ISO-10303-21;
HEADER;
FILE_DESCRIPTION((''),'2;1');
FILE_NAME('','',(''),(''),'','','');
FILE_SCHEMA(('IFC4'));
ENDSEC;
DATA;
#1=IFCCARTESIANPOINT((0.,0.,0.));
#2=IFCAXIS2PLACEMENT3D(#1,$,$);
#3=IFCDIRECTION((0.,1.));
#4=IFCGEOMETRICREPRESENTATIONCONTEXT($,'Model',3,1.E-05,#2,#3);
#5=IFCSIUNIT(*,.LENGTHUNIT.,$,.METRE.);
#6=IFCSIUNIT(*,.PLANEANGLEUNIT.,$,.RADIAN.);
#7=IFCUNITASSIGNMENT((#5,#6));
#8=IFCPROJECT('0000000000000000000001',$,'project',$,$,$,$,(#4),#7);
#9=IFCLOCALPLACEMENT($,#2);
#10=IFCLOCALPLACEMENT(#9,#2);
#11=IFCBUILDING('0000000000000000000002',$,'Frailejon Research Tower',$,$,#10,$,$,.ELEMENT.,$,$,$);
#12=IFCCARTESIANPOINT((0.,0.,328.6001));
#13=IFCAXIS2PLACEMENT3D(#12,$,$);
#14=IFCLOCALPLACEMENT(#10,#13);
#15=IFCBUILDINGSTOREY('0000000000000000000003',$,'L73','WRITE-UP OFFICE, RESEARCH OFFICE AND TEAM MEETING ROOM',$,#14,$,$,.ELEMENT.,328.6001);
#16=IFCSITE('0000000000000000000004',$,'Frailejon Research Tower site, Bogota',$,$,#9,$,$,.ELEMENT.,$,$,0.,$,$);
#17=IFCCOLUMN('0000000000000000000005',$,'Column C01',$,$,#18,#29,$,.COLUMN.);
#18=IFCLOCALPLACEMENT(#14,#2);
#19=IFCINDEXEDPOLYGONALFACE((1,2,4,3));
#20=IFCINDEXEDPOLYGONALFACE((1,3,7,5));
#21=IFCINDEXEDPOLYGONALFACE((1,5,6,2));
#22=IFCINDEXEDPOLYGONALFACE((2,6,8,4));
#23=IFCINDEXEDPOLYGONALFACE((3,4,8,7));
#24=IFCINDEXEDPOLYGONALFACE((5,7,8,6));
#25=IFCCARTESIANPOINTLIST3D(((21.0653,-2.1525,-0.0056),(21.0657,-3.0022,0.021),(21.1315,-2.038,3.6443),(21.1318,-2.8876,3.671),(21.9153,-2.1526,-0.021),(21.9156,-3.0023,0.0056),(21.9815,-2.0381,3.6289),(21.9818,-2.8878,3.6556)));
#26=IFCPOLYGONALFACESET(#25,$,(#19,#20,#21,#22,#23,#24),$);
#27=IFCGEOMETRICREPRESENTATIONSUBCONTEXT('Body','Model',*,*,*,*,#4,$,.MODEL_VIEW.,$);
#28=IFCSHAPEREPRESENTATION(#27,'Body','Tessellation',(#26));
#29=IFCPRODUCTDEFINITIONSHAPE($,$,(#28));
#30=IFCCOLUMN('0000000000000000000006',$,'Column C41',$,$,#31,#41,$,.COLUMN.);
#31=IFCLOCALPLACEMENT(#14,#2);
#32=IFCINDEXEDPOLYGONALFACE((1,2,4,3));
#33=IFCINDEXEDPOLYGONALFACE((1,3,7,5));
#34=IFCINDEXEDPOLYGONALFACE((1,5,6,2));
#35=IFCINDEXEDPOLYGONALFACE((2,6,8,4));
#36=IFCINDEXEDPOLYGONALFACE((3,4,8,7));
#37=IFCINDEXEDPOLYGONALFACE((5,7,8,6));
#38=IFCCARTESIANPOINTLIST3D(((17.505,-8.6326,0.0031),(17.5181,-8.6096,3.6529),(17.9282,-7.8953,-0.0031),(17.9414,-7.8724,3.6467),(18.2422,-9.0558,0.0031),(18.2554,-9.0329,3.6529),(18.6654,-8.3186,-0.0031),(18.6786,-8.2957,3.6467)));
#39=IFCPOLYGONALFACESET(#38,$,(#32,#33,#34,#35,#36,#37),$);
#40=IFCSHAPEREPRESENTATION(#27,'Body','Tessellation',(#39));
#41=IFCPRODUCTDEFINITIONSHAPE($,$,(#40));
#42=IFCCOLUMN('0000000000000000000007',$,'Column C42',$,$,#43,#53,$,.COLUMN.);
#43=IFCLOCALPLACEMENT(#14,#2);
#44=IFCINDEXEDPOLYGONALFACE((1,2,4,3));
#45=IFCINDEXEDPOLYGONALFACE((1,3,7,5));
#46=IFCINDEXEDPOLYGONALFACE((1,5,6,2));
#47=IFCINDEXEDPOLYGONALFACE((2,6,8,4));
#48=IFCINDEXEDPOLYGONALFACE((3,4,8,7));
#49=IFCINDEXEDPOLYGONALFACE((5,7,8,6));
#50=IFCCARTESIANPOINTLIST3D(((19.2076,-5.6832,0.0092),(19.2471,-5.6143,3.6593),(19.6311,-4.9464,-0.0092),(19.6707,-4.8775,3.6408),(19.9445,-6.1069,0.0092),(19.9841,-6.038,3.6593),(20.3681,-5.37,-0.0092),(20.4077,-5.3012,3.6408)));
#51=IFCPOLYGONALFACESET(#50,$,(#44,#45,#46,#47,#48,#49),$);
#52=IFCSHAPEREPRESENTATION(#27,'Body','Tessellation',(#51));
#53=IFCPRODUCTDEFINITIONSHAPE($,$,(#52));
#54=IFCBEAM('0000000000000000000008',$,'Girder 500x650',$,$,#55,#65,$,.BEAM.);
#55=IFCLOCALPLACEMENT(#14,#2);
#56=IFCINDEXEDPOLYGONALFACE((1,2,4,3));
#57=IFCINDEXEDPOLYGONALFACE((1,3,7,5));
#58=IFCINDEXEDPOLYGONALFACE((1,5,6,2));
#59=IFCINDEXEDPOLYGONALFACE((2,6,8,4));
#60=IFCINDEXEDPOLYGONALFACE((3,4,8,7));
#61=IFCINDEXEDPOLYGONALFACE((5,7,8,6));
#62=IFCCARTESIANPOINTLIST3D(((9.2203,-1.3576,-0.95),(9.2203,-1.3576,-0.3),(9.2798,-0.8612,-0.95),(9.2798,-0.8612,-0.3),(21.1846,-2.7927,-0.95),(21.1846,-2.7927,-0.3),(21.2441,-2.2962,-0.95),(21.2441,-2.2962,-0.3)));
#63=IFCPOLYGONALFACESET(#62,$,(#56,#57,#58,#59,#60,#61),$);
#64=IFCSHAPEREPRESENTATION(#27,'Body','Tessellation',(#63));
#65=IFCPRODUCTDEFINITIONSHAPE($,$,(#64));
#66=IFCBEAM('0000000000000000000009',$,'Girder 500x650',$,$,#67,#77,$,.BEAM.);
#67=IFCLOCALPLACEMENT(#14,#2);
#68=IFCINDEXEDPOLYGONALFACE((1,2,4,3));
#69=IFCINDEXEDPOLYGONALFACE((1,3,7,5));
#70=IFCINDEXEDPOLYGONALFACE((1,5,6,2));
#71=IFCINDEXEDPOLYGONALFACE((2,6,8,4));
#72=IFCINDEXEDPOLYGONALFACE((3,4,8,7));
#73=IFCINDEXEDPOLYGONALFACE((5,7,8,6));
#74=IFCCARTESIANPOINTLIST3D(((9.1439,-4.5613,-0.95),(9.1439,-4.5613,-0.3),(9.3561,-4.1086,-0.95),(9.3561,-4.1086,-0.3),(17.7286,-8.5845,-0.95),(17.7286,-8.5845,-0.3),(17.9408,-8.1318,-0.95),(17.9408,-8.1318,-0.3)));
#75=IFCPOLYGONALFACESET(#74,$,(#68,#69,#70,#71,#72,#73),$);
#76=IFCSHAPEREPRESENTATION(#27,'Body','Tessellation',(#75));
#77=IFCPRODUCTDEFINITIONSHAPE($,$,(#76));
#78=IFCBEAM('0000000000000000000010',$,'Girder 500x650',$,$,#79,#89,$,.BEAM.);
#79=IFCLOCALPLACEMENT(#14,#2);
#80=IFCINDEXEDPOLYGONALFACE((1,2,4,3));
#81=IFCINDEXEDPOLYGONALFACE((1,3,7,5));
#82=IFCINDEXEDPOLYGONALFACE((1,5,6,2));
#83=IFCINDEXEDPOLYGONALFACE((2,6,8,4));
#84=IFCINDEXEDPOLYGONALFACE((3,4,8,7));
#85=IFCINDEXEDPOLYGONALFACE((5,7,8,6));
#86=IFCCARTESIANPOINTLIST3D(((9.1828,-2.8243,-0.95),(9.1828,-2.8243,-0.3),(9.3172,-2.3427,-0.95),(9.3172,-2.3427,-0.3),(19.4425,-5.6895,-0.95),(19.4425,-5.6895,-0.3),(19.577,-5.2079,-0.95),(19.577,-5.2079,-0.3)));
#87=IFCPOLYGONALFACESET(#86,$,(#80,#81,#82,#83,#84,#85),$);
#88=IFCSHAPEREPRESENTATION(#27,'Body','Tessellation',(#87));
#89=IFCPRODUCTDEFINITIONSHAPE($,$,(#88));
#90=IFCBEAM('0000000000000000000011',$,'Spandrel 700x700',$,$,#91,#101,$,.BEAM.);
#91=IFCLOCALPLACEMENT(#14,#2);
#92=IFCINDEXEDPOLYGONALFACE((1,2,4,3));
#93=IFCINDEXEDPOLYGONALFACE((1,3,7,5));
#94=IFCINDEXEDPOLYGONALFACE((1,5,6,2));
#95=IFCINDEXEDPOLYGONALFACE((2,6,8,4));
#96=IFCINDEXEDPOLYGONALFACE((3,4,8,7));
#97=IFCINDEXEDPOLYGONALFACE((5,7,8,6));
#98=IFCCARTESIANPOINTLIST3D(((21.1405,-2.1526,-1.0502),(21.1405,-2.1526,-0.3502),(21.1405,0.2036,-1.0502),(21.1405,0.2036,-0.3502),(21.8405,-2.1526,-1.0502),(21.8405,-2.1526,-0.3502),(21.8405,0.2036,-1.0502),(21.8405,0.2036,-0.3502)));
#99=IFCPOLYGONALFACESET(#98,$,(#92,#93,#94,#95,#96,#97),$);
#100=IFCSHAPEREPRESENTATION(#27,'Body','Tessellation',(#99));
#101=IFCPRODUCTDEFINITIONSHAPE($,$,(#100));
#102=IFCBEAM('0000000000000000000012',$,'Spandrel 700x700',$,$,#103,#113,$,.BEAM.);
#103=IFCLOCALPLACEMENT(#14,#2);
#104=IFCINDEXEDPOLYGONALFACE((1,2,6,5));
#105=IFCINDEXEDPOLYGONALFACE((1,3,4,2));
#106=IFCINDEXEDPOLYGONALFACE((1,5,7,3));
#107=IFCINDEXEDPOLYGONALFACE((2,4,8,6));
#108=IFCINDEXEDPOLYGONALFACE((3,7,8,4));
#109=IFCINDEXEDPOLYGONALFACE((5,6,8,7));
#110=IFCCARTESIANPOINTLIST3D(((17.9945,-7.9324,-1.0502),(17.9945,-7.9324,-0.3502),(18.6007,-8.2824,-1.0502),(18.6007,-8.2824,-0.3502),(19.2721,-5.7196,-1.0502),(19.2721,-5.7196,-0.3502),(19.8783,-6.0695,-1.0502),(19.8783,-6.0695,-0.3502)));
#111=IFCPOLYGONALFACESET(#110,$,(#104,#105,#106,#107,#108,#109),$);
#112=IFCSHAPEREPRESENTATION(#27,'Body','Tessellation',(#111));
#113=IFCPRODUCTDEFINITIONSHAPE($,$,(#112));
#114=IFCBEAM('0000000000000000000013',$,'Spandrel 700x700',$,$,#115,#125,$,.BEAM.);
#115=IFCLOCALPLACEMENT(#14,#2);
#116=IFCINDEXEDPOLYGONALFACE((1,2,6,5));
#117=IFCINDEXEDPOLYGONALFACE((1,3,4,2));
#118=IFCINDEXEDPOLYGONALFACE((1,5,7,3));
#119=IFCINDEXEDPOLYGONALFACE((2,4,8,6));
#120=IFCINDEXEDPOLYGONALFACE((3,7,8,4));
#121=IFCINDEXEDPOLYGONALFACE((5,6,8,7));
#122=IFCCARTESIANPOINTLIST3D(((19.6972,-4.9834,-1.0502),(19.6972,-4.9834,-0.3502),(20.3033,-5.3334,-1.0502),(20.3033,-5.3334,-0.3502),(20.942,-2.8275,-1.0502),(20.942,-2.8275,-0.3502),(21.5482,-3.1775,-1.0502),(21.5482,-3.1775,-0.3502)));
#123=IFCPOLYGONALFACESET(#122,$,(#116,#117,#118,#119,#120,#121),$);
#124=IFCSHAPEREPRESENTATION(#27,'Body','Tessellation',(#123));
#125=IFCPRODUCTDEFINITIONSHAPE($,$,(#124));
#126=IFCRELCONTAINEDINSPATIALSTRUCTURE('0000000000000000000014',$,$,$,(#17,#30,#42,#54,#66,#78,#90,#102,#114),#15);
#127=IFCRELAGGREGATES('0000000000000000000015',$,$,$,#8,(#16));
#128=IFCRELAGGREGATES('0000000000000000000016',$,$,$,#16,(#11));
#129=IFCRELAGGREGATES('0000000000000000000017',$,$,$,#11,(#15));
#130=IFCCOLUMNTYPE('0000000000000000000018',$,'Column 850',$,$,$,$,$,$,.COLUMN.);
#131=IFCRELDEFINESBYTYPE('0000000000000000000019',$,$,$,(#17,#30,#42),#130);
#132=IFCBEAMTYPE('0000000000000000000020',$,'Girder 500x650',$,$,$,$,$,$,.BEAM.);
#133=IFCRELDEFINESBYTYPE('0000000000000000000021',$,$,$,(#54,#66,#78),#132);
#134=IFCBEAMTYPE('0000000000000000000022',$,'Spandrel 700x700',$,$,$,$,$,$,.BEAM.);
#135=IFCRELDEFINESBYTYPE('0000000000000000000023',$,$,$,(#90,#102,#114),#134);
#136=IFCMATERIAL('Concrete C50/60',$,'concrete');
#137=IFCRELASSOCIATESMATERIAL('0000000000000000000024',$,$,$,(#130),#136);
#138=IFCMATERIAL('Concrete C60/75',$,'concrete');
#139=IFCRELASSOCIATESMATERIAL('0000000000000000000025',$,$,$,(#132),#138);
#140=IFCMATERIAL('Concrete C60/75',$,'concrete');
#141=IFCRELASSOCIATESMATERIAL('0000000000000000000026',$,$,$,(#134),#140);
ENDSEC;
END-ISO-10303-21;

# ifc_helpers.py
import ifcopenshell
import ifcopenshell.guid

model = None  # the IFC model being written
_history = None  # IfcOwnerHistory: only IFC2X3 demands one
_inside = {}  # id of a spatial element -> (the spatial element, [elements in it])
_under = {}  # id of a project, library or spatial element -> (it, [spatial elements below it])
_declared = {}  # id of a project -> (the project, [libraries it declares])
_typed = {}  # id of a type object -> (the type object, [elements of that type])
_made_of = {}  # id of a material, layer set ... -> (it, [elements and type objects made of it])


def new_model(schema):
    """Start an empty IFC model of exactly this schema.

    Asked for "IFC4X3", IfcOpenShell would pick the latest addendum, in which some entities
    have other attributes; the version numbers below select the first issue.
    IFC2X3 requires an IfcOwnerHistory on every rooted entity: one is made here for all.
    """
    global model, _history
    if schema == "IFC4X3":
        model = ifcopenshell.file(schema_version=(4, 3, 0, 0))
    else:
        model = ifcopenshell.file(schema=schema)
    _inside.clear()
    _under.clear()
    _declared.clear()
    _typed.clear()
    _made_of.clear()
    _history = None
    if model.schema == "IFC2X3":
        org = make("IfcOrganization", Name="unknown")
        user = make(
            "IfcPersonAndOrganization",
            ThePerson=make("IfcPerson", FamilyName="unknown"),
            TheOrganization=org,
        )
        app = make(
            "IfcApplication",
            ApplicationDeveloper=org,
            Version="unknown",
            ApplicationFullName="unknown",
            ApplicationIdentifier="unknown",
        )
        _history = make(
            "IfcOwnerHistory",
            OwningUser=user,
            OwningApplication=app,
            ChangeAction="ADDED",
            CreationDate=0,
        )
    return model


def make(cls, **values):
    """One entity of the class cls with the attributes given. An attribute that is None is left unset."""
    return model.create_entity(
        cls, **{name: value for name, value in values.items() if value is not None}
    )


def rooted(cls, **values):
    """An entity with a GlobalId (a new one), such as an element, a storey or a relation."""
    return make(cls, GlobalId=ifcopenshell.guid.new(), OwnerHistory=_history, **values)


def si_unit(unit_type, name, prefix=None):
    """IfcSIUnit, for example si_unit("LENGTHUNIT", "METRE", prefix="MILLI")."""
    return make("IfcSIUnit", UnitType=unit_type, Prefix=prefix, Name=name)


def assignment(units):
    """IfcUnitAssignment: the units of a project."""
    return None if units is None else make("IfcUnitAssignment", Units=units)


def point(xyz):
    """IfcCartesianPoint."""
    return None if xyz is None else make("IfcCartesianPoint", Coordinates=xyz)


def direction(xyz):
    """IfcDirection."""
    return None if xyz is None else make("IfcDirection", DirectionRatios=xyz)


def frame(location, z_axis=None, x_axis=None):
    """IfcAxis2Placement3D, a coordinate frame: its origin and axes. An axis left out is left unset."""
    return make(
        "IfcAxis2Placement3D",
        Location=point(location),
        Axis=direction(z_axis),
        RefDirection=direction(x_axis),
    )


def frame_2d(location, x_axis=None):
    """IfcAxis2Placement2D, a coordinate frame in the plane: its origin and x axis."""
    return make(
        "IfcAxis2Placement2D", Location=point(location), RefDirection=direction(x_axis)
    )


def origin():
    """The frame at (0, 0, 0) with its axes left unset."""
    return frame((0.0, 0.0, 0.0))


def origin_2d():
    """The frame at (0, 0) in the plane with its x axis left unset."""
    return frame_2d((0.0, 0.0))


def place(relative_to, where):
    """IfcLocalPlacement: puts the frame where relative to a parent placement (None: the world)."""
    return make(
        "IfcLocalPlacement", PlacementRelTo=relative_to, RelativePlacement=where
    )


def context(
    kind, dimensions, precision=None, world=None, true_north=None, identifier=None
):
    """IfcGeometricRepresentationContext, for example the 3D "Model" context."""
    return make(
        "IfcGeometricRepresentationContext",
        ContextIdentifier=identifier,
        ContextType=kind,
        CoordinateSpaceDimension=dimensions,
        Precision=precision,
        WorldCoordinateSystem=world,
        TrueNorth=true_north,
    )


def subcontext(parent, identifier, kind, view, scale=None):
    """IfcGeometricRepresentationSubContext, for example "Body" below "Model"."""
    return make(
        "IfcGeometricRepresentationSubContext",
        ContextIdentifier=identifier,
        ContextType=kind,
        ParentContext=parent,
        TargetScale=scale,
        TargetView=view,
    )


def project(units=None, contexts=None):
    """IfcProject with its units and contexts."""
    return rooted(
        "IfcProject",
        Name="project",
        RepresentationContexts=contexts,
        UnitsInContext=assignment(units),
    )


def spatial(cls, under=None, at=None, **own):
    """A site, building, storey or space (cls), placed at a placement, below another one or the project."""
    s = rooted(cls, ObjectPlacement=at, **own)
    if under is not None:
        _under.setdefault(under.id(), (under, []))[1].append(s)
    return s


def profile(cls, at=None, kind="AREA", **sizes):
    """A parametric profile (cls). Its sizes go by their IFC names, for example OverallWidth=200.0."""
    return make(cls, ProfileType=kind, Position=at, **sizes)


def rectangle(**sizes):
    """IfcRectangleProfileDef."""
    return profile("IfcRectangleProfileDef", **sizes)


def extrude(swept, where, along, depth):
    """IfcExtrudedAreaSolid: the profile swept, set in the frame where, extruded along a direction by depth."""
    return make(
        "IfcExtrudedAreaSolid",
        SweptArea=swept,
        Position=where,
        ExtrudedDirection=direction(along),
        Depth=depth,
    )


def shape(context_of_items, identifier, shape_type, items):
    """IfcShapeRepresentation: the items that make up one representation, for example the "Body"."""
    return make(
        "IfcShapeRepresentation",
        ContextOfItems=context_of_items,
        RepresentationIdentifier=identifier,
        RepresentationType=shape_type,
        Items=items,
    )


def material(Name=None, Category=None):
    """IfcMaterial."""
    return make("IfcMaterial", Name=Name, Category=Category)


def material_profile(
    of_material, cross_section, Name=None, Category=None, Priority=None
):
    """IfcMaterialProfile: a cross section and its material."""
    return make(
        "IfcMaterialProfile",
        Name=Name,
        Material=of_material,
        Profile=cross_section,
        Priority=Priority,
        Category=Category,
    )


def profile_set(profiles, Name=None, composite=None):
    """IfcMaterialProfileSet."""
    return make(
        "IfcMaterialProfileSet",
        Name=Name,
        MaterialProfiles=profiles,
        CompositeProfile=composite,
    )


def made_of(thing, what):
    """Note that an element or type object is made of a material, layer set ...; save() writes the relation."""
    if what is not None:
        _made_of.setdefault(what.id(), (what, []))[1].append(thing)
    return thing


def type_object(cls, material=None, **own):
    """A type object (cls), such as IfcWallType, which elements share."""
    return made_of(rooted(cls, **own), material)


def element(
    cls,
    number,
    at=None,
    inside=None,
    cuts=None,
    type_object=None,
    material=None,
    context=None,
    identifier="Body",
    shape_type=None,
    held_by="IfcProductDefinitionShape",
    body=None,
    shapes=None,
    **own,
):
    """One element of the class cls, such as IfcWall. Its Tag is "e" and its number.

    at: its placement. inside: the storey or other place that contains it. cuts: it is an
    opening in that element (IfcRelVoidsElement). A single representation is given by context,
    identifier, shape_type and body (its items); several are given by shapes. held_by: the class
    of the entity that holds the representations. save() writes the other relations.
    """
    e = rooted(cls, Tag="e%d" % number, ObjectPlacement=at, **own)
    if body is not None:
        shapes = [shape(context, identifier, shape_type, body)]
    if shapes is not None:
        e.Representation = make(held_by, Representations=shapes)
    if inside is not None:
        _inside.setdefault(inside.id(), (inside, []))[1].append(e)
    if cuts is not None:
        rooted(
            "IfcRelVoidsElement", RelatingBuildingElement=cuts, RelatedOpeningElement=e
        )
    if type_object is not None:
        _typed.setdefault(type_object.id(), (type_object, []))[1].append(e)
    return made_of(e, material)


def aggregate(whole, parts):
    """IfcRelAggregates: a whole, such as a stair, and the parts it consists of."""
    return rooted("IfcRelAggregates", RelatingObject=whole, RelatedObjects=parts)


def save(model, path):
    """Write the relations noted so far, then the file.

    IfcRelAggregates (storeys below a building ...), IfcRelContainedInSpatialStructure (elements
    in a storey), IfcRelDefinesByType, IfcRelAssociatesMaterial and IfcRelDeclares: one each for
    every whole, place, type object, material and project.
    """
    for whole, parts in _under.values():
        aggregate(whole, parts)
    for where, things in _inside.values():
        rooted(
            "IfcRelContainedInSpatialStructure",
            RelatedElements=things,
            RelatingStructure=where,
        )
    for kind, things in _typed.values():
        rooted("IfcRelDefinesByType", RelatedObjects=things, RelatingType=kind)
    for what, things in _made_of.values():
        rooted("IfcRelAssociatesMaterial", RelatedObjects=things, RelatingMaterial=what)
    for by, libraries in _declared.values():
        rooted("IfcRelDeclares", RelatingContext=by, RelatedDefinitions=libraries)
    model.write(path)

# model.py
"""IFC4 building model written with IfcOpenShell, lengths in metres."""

from ifc_helpers import new_model, si_unit, direction, frame, origin, origin_2d, place, context, subcontext, project, spatial, rectangle, extrude, material, material_profile, profile_set, type_object, element, save


model = new_model("IFC4")

# Units and contexts
model_context = context("Model", 3, precision=1e-05, world=origin(), true_north=direction((0.0, 1.0)))
body_context = subcontext(model_context, "Body", "Model", "MODEL_VIEW")
ifc_project = project(units=[si_unit("LENGTHUNIT", "METRE"), si_unit("PLANEANGLEUNIT", "RADIAN")], contexts=[model_context])

# Site, building, storey
site_placement = place(None, origin())
site = spatial("IfcSite", under=ifc_project, at=site_placement, Name="Frailejon Research Tower site, Bogota", CompositionType="ELEMENT", RefElevation=0.0)
building_placement = place(site_placement, origin())
building = spatial("IfcBuilding", under=site, at=building_placement, Name="Frailejon Research Tower", CompositionType="ELEMENT")
storey_placement = place(building_placement, frame((0.0, 0.0, 328.6001)))
storey = spatial("IfcBuildingStorey", under=building, at=storey_placement, Name="L73", Description="WRITE-UP OFFICE, RESEARCH OFFICE AND TEAM MEETING ROOM", CompositionType="ELEMENT", Elevation=328.6001)

# Columns
ifc_material_1 = material(Name="Concrete C50/60", Category="concrete")
ifc_material_profile_1 = material_profile(ifc_material_1, rectangle(XDim=0.8501, YDim=0.8501, at=origin_2d()), Name="Column 850")
ifc_profile_set_1 = profile_set([ifc_material_profile_1], Name="Concrete C50/60")
column_type = type_object("IfcColumnType", Name="Column 850", PredefinedType="COLUMN", material=ifc_profile_set_1)
column_1_placement = place(storey_placement, frame((21.4905, -2.5774, 0.0), z_axis=(0.018115, 0.031351, 0.999344), x_axis=(-0.000375, 0.999508, -0.031349)))
element("IfcColumn", 1, at=column_1_placement, inside=storey, type_object=column_type, Name="Column C01", PredefinedType="COLUMN", context=body_context, shape_type="SweptSolid", body=[
    extrude(rectangle(XDim=0.8501, YDim=0.8501, at=origin_2d()), origin(), (0.0, 0.0, 1.0), 3.6523),
])
column_2_placement = place(storey_placement, frame((18.0852, -8.4756, 0.0), z_axis=(0.003612, 0.006287, 0.999974), x_axis=(0.49789, 0.86721, -0.007251)))
element("IfcColumn", 2, at=column_2_placement, inside=storey, type_object=column_type, Name="Column C41", PredefinedType="COLUMN", context=body_context, shape_type="SweptSolid", body=[
    extrude(rectangle(XDim=0.8501, YDim=0.8501, at=origin_2d()), origin(), (0.0, 0.0, 1.0), 3.6499),
])
column_3_placement = place(storey_placement, frame((19.7878, -5.5266, 0.0), z_axis=(0.010834, 0.018858, 0.999763), x_axis=(0.498285, 0.86674, -0.021749)))
element("IfcColumn", 3, at=column_3_placement, inside=storey, type_object=column_type, Name="Column C42", PredefinedType="COLUMN", context=body_context, shape_type="SweptSolid", body=[
    extrude(rectangle(XDim=0.8501, YDim=0.8501, at=origin_2d()), origin(), (0.0, 0.0, 1.0), 3.6509),
])

# Beams
ifc_material_2 = material(Name="Concrete C60/75", Category="concrete")
ifc_material_profile_2 = material_profile(ifc_material_2, rectangle(XDim=0.5, YDim=0.6499, at=origin_2d()), Name="Girder 500x650")
ifc_profile_set_2 = profile_set([ifc_material_profile_2], Name="Concrete C60/75")
beam_type_1 = type_object("IfcBeamType", Name="Girder 500x650", PredefinedType="BEAM", material=ifc_profile_set_2)
beam_1_placement = place(storey_placement, frame((21.2144, -2.5444, -0.625), z_axis=(-0.992883, 0.119091, 0.0), x_axis=(-0.119091, -0.992883, 0.0)))
element("IfcBeam", 4, at=beam_1_placement, inside=storey, type_object=beam_type_1, Name="Girder 500x650", PredefinedType="BEAM", context=body_context, shape_type="SweptSolid", body=[
    extrude(rectangle(XDim=0.5, YDim=0.6499, at=origin_2d()), origin(), (0.0, 0.0, 1.0), 12.05),
])
beam_2_placement = place(storey_placement, frame((17.8347, -8.3582, -0.625), z_axis=(-0.905495, 0.424357, 0.0), x_axis=(-0.424357, -0.905495, 0.0)))
element("IfcBeam", 5, at=beam_2_placement, inside=storey, type_object=beam_type_1, Name="Girder 500x650", PredefinedType="BEAM", context=body_context, shape_type="SweptSolid", body=[
    extrude(rectangle(XDim=0.5, YDim=0.6499, at=origin_2d()), origin(), (0.0, 0.0, 1.0), 9.4807),
])
beam_3_placement = place(storey_placement, frame((19.5098, -5.4487, -0.625), z_axis=(-0.963147, 0.268977, 0.0), x_axis=(-0.268977, -0.963147, 0.0)))
element("IfcBeam", 6, at=beam_3_placement, inside=storey, type_object=beam_type_1, Name="Girder 500x650", PredefinedType="BEAM", context=body_context, shape_type="SweptSolid", body=[
    extrude(rectangle(XDim=0.5, YDim=0.6499, at=origin_2d()), origin(), (0.0, 0.0, 1.0), 10.6523),
])
ifc_material_3 = material(Name="Concrete C60/75", Category="concrete")
ifc_material_profile_3 = material_profile(ifc_material_3, rectangle(XDim=0.7, YDim=0.7, at=origin_2d()), Name="Spandrel 700x700")
ifc_profile_set_3 = profile_set([ifc_material_profile_3], Name="Concrete C60/75")
beam_type_2 = type_object("IfcBeamType", Name="Spandrel 700x700", PredefinedType="BEAM", material=ifc_profile_set_3)
beam_4_placement = place(storey_placement, frame((21.4905, -2.1526, -0.7002), z_axis=(0.0, 1.0, 0.0), x_axis=(-1.0, 0.0, 0.0)))
element("IfcBeam", 7, at=beam_4_placement, inside=storey, type_object=beam_type_2, Name="Spandrel 700x700", PredefinedType="BEAM", context=body_context, shape_type="SweptSolid", body=[
    extrude(rectangle(XDim=0.7, YDim=0.7, at=origin_2d()), origin(), (0.0, 0.0, 1.0), 2.3562),
])
beam_5_placement = place(storey_placement, frame((18.2976, -8.1074, -0.7002), z_axis=(0.499993, 0.86603, 0.0), x_axis=(-0.86603, 0.499993, 0.0)))
element("IfcBeam", 8, at=beam_5_placement, inside=storey, type_object=beam_type_2, Name="Spandrel 700x700", PredefinedType="BEAM", context=body_context, shape_type="SweptSolid", body=[
    extrude(rectangle(XDim=0.7, YDim=0.7, at=origin_2d()), origin(), (0.0, 0.0, 1.0), 2.5552),
])
beam_6_placement = place(storey_placement, frame((20.0002, -5.1584, -0.7002), z_axis=(0.500031, 0.866008, 0.0), x_axis=(-0.866008, 0.500031, 0.0)))
element("IfcBeam", 9, at=beam_6_placement, inside=storey, type_object=beam_type_2, Name="Spandrel 700x700", PredefinedType="BEAM", context=body_context, shape_type="SweptSolid", body=[
    extrude(rectangle(XDim=0.7, YDim=0.7, at=origin_2d()), origin(), (0.0, 0.0, 1.0), 2.4895),
])

save(model, "model.ifc")
